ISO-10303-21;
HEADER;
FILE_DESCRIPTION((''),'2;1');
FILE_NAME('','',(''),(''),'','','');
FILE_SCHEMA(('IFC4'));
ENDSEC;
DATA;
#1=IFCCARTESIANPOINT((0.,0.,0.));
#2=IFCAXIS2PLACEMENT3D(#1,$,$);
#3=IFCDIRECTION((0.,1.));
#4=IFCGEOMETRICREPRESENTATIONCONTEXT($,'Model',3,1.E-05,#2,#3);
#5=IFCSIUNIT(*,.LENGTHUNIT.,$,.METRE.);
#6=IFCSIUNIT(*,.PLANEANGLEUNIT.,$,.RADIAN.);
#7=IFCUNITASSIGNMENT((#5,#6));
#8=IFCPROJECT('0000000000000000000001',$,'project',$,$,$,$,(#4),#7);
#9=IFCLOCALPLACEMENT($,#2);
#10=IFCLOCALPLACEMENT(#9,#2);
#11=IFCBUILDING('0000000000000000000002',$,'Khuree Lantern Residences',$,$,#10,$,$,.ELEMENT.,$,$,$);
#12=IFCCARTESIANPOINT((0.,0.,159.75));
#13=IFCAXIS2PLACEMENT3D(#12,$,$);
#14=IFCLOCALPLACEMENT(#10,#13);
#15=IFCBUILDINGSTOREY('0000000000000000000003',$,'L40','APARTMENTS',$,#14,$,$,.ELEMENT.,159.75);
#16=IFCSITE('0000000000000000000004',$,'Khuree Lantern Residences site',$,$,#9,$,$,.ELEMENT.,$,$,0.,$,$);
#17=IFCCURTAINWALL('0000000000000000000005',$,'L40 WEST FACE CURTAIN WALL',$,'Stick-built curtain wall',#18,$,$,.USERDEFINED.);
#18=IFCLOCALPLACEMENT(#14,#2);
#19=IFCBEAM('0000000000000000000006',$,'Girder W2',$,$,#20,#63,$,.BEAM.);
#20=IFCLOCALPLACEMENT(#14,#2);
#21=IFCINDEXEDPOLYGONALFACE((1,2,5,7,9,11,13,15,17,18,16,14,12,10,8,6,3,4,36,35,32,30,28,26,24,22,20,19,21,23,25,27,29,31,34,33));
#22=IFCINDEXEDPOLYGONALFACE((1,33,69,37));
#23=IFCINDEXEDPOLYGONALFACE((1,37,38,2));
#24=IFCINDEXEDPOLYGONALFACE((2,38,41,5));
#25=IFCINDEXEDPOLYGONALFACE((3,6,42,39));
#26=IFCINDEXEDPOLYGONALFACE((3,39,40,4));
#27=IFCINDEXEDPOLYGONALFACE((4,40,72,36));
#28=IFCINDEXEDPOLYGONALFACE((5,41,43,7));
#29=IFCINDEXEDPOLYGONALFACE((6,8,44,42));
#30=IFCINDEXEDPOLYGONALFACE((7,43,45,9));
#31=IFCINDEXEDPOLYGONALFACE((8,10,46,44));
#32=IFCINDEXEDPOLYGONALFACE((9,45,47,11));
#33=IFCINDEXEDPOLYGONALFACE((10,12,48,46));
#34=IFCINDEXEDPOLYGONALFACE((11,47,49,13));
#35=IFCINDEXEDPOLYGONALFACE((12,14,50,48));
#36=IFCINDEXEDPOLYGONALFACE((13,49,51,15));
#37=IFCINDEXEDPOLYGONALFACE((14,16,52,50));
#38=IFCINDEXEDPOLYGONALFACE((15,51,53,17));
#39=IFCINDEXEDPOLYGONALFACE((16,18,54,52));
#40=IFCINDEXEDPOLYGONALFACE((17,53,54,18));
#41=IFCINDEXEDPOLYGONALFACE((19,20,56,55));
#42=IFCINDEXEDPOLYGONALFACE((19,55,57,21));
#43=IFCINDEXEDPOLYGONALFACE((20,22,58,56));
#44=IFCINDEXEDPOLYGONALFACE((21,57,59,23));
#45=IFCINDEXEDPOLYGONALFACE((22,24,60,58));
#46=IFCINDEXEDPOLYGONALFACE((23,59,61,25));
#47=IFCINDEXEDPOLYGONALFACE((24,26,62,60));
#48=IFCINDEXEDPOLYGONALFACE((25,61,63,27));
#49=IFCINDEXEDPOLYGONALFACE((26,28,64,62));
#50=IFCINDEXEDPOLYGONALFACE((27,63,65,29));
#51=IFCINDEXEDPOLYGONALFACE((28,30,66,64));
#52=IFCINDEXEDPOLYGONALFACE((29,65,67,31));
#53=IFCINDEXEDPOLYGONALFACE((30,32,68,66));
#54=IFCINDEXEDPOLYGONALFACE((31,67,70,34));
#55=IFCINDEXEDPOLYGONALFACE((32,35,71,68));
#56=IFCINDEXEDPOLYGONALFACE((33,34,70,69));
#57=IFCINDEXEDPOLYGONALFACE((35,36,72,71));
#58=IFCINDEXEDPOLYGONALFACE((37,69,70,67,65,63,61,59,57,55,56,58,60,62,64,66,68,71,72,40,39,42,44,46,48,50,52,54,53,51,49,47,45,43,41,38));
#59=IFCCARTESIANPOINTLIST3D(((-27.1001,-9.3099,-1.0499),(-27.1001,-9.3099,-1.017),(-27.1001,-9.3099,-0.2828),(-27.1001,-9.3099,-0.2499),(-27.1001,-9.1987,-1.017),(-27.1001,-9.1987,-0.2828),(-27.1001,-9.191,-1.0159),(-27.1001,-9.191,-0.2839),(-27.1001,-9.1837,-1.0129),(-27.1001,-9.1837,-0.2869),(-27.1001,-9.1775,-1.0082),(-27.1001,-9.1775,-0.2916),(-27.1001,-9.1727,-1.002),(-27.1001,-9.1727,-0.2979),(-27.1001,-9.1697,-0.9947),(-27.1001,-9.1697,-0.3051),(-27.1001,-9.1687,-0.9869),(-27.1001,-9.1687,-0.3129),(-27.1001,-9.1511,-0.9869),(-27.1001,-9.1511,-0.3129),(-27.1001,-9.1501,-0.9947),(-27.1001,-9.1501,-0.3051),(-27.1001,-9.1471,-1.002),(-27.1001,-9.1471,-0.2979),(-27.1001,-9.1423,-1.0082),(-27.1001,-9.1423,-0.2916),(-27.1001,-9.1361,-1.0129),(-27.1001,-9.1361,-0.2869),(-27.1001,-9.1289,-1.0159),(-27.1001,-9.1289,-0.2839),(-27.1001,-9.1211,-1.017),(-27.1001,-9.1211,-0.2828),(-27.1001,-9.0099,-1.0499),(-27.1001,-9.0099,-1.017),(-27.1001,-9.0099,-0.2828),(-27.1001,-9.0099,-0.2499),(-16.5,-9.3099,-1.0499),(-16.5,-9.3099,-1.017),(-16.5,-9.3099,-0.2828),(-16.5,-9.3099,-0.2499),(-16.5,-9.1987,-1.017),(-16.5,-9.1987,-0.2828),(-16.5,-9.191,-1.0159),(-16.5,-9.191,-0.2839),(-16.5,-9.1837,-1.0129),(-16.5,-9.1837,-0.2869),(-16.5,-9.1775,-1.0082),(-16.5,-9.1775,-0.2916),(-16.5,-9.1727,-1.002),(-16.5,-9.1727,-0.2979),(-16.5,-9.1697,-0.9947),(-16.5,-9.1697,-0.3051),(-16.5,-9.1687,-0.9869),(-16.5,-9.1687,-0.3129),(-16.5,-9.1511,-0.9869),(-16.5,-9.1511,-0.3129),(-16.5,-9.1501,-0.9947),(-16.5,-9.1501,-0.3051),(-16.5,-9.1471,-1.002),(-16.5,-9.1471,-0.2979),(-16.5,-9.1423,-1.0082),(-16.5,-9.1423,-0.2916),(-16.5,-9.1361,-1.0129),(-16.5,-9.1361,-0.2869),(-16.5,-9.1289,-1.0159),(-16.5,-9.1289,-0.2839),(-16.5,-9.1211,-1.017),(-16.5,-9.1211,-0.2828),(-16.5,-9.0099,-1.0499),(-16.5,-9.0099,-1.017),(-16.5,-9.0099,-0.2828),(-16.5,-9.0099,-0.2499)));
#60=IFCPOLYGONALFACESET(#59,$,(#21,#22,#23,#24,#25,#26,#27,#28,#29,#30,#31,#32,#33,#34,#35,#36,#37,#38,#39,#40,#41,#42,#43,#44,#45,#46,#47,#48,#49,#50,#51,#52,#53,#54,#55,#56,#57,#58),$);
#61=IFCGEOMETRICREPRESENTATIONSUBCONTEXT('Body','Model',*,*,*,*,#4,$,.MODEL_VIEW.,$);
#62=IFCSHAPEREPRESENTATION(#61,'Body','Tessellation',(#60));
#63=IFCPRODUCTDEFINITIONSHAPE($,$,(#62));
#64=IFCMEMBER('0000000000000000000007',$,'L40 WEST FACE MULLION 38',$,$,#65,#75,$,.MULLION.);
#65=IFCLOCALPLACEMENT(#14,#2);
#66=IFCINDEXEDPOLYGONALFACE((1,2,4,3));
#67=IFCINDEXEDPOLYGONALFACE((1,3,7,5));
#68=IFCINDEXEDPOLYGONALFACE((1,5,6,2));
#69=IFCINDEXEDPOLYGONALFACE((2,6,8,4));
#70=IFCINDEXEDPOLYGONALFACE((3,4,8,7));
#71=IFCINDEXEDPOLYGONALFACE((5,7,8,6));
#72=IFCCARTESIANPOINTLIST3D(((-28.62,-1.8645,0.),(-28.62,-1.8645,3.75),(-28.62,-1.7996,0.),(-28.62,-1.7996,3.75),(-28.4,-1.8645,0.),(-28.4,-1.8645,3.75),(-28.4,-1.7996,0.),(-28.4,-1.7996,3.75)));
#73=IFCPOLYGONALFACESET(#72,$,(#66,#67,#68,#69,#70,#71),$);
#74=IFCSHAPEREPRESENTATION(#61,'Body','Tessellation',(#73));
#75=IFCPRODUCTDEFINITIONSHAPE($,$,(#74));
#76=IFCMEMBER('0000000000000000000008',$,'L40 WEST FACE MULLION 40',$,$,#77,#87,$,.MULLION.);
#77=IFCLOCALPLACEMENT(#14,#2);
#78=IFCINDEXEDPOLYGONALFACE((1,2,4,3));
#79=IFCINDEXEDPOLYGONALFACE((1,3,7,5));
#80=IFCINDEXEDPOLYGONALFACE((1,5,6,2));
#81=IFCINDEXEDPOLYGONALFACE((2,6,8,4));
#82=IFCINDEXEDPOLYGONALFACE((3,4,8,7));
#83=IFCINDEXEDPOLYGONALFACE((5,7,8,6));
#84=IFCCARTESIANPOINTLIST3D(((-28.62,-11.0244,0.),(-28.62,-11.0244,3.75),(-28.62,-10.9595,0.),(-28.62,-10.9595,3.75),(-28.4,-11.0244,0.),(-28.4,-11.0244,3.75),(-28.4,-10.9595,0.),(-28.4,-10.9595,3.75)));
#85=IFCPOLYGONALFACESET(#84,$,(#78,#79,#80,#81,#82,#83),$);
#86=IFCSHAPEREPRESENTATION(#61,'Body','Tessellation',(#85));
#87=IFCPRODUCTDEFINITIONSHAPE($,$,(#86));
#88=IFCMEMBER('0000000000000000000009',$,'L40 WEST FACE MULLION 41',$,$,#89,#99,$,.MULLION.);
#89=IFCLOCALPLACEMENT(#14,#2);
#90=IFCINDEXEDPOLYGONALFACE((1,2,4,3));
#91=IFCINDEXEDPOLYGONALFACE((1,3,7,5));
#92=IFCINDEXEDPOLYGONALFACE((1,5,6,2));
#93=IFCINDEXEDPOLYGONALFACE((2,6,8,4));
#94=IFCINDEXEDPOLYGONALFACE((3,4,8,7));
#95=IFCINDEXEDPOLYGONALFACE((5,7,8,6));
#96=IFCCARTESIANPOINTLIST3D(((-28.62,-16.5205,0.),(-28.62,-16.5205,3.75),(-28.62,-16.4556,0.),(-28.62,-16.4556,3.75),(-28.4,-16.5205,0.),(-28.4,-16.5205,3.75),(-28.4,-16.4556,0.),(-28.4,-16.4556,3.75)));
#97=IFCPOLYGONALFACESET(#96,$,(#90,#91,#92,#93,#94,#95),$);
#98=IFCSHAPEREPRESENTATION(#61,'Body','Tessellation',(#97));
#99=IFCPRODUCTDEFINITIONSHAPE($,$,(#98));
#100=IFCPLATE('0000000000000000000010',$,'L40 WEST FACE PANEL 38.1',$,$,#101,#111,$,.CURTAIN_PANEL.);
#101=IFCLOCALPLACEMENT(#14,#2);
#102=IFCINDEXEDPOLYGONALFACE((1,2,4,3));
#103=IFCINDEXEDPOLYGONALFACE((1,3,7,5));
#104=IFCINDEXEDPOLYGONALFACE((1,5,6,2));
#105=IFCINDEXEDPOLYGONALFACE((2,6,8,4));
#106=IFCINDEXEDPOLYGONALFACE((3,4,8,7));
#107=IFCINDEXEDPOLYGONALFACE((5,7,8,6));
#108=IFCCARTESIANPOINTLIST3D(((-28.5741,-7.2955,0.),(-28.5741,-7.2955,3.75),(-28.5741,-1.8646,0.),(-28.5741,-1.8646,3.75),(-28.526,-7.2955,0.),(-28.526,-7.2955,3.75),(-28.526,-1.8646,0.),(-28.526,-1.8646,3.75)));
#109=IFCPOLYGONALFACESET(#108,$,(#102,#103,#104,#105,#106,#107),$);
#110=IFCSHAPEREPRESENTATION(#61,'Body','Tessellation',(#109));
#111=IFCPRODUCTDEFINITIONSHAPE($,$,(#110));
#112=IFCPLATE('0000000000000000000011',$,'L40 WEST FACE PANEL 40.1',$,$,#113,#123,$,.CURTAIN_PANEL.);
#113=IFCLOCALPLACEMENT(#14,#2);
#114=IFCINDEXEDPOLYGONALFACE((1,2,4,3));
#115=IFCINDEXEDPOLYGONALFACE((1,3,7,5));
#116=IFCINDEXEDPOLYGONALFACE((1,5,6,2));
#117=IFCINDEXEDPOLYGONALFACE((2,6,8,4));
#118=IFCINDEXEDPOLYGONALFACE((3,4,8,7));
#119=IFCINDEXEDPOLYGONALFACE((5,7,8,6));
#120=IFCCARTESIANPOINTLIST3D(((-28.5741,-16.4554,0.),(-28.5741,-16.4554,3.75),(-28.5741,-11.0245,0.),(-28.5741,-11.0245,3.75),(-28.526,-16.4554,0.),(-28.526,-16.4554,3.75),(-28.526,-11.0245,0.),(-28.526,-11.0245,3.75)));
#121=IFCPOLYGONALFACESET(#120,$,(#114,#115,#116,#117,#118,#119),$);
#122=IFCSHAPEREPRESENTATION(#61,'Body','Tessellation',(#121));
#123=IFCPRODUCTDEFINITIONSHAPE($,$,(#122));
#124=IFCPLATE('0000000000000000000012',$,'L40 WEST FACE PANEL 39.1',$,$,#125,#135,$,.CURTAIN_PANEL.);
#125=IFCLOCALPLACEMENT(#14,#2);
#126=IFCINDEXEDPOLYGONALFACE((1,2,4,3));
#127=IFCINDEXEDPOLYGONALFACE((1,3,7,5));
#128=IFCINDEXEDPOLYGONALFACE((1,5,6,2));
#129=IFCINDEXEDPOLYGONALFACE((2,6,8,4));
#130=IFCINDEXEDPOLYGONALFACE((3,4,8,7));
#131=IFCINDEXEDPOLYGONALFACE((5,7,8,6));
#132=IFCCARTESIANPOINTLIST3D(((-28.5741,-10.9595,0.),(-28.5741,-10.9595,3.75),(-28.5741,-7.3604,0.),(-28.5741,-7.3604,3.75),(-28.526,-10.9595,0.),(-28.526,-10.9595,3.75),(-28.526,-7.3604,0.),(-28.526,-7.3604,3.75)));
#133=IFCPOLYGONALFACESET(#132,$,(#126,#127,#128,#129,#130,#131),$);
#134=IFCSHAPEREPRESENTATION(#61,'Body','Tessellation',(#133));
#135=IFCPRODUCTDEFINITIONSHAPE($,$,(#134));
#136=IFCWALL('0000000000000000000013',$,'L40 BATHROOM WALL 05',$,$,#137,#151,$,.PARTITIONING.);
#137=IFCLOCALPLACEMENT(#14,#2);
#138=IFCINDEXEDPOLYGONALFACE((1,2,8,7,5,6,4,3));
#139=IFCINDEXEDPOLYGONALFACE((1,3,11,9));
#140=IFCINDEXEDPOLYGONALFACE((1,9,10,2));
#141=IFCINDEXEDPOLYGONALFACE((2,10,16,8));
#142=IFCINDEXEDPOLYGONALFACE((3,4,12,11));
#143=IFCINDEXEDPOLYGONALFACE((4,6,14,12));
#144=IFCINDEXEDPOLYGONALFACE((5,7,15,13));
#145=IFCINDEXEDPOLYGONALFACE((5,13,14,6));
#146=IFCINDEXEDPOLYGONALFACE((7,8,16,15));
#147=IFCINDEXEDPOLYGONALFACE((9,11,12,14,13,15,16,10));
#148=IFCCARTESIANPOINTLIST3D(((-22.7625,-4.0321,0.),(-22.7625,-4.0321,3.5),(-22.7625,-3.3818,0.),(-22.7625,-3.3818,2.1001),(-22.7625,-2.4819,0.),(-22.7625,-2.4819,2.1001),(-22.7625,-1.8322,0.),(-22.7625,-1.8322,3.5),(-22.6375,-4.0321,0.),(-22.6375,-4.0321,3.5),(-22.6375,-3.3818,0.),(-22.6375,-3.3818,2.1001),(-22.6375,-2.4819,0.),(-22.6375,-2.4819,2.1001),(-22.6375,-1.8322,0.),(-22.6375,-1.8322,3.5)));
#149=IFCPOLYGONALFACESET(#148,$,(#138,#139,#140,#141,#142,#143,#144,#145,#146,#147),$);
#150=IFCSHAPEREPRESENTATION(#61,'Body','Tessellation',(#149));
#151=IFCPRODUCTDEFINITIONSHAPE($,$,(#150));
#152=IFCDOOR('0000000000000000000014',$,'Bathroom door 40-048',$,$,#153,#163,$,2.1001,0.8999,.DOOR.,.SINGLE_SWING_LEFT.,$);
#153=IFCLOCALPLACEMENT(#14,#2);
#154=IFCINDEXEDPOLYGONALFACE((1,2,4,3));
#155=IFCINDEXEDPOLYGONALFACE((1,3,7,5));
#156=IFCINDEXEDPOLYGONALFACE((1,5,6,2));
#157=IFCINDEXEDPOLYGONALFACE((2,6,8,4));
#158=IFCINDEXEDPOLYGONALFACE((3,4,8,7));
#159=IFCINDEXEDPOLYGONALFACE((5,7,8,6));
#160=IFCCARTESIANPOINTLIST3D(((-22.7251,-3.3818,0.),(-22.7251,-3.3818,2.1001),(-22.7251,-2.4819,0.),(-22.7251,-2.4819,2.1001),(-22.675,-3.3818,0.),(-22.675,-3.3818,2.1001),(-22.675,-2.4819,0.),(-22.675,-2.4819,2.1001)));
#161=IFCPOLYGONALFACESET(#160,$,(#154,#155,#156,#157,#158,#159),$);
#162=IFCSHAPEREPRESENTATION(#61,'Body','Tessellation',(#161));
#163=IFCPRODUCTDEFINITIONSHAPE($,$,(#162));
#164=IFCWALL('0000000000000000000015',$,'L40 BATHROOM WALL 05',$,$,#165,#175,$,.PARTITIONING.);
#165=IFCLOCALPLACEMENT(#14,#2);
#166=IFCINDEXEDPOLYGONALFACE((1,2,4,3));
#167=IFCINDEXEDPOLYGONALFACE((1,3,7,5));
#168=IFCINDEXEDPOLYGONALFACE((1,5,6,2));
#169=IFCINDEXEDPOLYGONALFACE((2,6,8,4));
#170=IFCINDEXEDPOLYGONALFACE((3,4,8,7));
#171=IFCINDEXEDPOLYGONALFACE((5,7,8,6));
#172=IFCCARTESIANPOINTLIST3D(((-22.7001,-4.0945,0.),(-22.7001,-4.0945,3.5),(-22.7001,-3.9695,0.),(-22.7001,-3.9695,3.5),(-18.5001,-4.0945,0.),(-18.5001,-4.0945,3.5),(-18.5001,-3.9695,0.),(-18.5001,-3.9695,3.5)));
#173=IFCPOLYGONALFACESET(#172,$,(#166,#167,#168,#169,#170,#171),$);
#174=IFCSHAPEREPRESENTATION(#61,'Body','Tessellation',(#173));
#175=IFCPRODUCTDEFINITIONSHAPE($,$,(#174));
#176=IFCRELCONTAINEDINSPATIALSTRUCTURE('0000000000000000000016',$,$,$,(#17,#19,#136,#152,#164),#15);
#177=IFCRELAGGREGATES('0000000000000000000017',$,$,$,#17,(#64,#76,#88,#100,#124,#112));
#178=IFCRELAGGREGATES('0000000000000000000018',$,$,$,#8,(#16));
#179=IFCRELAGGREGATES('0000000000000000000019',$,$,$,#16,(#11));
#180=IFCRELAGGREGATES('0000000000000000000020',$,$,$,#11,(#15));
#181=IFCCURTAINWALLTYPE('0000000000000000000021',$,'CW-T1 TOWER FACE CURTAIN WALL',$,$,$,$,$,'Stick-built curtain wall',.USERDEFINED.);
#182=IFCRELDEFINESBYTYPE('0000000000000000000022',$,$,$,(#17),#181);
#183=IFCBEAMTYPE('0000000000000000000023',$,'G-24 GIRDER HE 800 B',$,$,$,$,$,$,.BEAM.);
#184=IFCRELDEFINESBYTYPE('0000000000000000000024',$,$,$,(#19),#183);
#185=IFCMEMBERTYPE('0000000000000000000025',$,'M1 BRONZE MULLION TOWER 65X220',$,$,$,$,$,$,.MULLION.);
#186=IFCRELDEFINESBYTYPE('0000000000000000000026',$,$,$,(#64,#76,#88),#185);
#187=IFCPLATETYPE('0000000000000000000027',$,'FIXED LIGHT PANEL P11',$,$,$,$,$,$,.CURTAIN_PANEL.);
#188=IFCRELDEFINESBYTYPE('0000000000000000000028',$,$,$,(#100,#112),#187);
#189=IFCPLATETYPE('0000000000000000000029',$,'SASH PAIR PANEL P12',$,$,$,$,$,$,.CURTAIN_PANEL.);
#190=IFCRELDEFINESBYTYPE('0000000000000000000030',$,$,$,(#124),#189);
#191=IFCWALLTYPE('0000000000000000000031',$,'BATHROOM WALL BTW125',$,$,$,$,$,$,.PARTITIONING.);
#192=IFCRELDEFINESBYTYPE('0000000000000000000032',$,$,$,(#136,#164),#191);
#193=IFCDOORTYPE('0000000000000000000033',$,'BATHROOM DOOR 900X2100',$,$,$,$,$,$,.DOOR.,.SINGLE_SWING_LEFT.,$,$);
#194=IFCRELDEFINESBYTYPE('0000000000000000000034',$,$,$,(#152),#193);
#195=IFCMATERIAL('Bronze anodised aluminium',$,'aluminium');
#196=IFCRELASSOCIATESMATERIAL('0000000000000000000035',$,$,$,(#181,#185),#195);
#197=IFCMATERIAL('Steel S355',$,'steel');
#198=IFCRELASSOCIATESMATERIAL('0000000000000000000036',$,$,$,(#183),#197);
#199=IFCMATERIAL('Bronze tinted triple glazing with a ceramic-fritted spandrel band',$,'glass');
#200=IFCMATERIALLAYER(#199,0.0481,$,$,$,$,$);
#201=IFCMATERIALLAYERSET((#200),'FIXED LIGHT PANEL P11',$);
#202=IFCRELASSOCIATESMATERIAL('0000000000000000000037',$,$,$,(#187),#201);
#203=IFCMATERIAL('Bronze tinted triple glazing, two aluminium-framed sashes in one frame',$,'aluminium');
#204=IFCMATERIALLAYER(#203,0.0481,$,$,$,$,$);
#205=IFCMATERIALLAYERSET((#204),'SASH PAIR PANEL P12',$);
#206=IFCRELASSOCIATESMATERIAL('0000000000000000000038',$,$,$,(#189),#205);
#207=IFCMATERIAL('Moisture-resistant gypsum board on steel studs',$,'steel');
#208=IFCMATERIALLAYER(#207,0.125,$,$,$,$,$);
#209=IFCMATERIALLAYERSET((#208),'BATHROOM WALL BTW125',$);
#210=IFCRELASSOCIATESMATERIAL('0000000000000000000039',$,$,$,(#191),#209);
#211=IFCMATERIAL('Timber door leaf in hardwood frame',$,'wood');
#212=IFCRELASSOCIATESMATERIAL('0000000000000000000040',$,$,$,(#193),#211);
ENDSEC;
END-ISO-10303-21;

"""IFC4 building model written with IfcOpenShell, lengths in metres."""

from ifc_helpers import new_model, si_unit, direction, frame, frame_2d, origin, origin_2d, place, context, subcontext, project, spatial, rectangle, i_section, extrude, material, layer, layer_set, material_profile, profile_set, type_object, element, fill, aggregate, save


model = new_model("IFC4")

# Units and contexts
model_context = context("Model", 3, precision=1e-05, world=origin(), true_north=direction((0.0, 1.0)))
body_context = subcontext(model_context, "Body", "Model", "MODEL_VIEW")
ifc_project = project(units=[si_unit("LENGTHUNIT", "METRE"), si_unit("PLANEANGLEUNIT", "RADIAN")], contexts=[model_context])

# Site, building, storey
site_placement = place(None, origin())
site = spatial("IfcSite", under=ifc_project, at=site_placement, Name="Khuree Lantern Residences site", CompositionType="ELEMENT", RefElevation=0.0)
building_placement = place(site_placement, origin())
building = spatial("IfcBuilding", under=site, at=building_placement, Name="Khuree Lantern Residences", CompositionType="ELEMENT")
storey_placement = place(building_placement, frame((0.0, 0.0, 159.75)))
storey = spatial("IfcBuildingStorey", under=building, at=storey_placement, Name="L40", Description="APARTMENTS", CompositionType="ELEMENT", Elevation=159.75)

# Shared definitions
ifc_material_1 = material(Name="Steel S355", Category="steel")

# Curtain wall
ifc_material_2 = material(Name="Bronze anodised aluminium", Category="aluminium")
curtain_wall_type = type_object("IfcCurtainWallType", Name="CW-T1 TOWER FACE CURTAIN WALL", ElementType="Stick-built curtain wall", PredefinedType="USERDEFINED", material=ifc_material_2)
curtain_wall_placement = place(storey_placement, origin())
curtain_wall = element("IfcCurtainWall", 1, at=curtain_wall_placement, inside=storey, type_object=curtain_wall_type, Name="L40 WEST FACE CURTAIN WALL", ObjectType="Stick-built curtain wall", PredefinedType="USERDEFINED")

# Beam
ifc_material_profile_1 = material_profile(ifc_material_1, i_section(OverallWidth=0.3, OverallDepth=0.8, WebThickness=0.0176, FlangeThickness=0.033, FilletRadius=0.03, at=origin_2d()), Name="HE 800 B")
ifc_profile_set_1 = profile_set([ifc_material_profile_1], Name="Steel S355")
beam_type_1 = type_object("IfcBeamType", Name="G-24 GIRDER HE 800 B", PredefinedType="BEAM", material=ifc_profile_set_1)
beam_1_placement = place(storey_placement, frame((-27.1001, -9.1599, -0.6499), z_axis=(1.0, 0.0, 0.0), x_axis=(0.0, 1.0, 0.0)))
element("IfcBeam", 2, at=beam_1_placement, inside=storey, type_object=beam_type_1, Name="Girder W2", PredefinedType="BEAM", context=body_context, shape_type="SweptSolid", body=[
    extrude(i_section(OverallWidth=0.3, OverallDepth=0.8, WebThickness=0.0176, FlangeThickness=0.033, FilletRadius=0.03, at=origin_2d()), origin(), (0.0, 0.0, 1.0), 10.6001),
])

# Members
ifc_material_profile_2 = material_profile(ifc_material_2, rectangle(XDim=0.0649, YDim=0.22, at=origin_2d()), Name="M1 65X220")
ifc_profile_set_2 = profile_set([ifc_material_profile_2], Name="Bronze anodised aluminium")
member_type_1 = type_object("IfcMemberType", Name="M1 BRONZE MULLION TOWER 65X220", PredefinedType="MULLION", material=ifc_profile_set_2)
member_1_placement = place(storey_placement, frame((-28.51, -1.832, 0.0), z_axis=(0.0, 0.0, 1.0), x_axis=(0.0, -1.0, 0.0)))
member_1 = element("IfcMember", 3, at=member_1_placement, type_object=member_type_1, Name="L40 WEST FACE MULLION 38", PredefinedType="MULLION", context=body_context, shape_type="SweptSolid", body=[
    extrude(rectangle(XDim=0.0649, YDim=0.22, at=origin_2d()), origin(), (0.0, 0.0, 1.0), 3.75),
])
member_2_placement = place(storey_placement, frame((-28.51, -10.9919, 0.0), z_axis=(0.0, 0.0, 1.0), x_axis=(0.0, -1.0, 0.0)))
member_2 = element("IfcMember", 4, at=member_2_placement, type_object=member_type_1, Name="L40 WEST FACE MULLION 40", PredefinedType="MULLION", context=body_context, shape_type="SweptSolid", body=[
    extrude(rectangle(XDim=0.0649, YDim=0.22, at=origin_2d()), origin(), (0.0, 0.0, 1.0), 3.75),
])
member_3_placement = place(storey_placement, frame((-28.51, -16.488, 0.0), z_axis=(0.0, 0.0, 1.0), x_axis=(0.0, -1.0, 0.0)))
member_3 = element("IfcMember", 5, at=member_3_placement, type_object=member_type_1, Name="L40 WEST FACE MULLION 41", PredefinedType="MULLION", context=body_context, shape_type="SweptSolid", body=[
    extrude(rectangle(XDim=0.0649, YDim=0.22, at=origin_2d()), origin(), (0.0, 0.0, 1.0), 3.75),
])

# Plates
ifc_material_3 = material(Name="Bronze tinted triple glazing with a ceramic-fritted spandrel band", Category="glass")
ifc_layer_1 = layer(ifc_material_3, 0.0481)
ifc_layer_set_1 = layer_set([ifc_layer_1], Name="FIXED LIGHT PANEL P11")
plate_type_1 = type_object("IfcPlateType", Name="FIXED LIGHT PANEL P11", PredefinedType="CURTAIN_PANEL", material=ifc_layer_set_1)
plate_1_placement = place(storey_placement, frame((-28.55, -4.5801, 0.0), z_axis=(0.0, 0.0, 1.0), x_axis=(0.0, -1.0, 0.0)))
plate_1 = element("IfcPlate", 6, at=plate_1_placement, type_object=plate_type_1, Name="L40 WEST FACE PANEL 38.1", PredefinedType="CURTAIN_PANEL", context=body_context, shape_type="SweptSolid", body=[
    extrude(rectangle(XDim=5.4309, YDim=0.0481, at=origin_2d()), origin(), (0.0, 0.0, 1.0), 3.75),
])
plate_2_placement = place(storey_placement, frame((-28.55, -13.74, 0.0), z_axis=(0.0, 0.0, 1.0), x_axis=(0.0, -1.0, 0.0)))
plate_2 = element("IfcPlate", 7, at=plate_2_placement, type_object=plate_type_1, Name="L40 WEST FACE PANEL 40.1", PredefinedType="CURTAIN_PANEL", context=body_context, shape_type="SweptSolid", body=[
    extrude(rectangle(XDim=5.4309, YDim=0.0481, at=origin_2d()), origin(), (0.0, 0.0, 1.0), 3.75),
])
ifc_material_4 = material(Name="Bronze tinted triple glazing, two aluminium-framed sashes in one frame", Category="aluminium")
ifc_layer_2 = layer(ifc_material_4, 0.0481)
ifc_layer_set_2 = layer_set([ifc_layer_2], Name="SASH PAIR PANEL P12")
plate_type_2 = type_object("IfcPlateType", Name="SASH PAIR PANEL P12", PredefinedType="CURTAIN_PANEL", material=ifc_layer_set_2)
plate_3_placement = place(storey_placement, frame((-28.55, -9.1599, 0.0), z_axis=(0.0, 0.0, 1.0), x_axis=(0.0, -1.0, 0.0)))
plate_3 = element("IfcPlate", 8, at=plate_3_placement, type_object=plate_type_2, Name="L40 WEST FACE PANEL 39.1", PredefinedType="CURTAIN_PANEL", context=body_context, shape_type="SweptSolid", body=[
    extrude(rectangle(XDim=3.5991, YDim=0.0481, at=origin_2d()), origin(), (0.0, 0.0, 1.0), 3.75),
])
aggregate(curtain_wall, [member_1, member_2, member_3, plate_1, plate_3, plate_2])

# Wall, opening, door
ifc_material_5 = material(Name="Moisture-resistant gypsum board on steel studs", Category="steel")
ifc_layer_3 = layer(ifc_material_5, 0.125)
ifc_layer_set_3 = layer_set([ifc_layer_3], Name="BATHROOM WALL BTW125")
wall_type_1 = type_object("IfcWallType", Name="BATHROOM WALL BTW125", PredefinedType="PARTITIONING", material=ifc_layer_set_3)
wall_1_placement = place(storey_placement, frame((-22.7, -1.832, 0.0), z_axis=(0.0, 0.0, 1.0), x_axis=(0.0, -1.0, 0.0)))
wall_1 = element("IfcWall", 9, at=wall_1_placement, inside=storey, type_object=wall_type_1, Name="L40 BATHROOM WALL 05", PredefinedType="PARTITIONING", context=body_context, shape_type="SweptSolid", body=[
    extrude(rectangle(XDim=2.2, YDim=0.125, at=frame_2d((1.1001, 0.0))), origin(), (0.0, 0.0, 1.0), 3.5),
])
opening_1_placement = place(wall_1_placement, frame((0.6499, 0.0, 0.0)))
opening_1 = element("IfcOpeningElement", 10, at=opening_1_placement, cuts=wall_1, PredefinedType="OPENING", context=body_context, shape_type="SweptSolid", body=[
    extrude(rectangle(XDim=0.8999, YDim=2.1001, at=frame_2d((0.45, 1.05))), frame((0.0, 0.0725, 0.0), z_axis=(0.0, -1.0, 0.0), x_axis=(1.0, 0.0, 0.0)), (0.0, 0.0, 1.0), 0.145),
])
ifc_material_6 = material(Name="Timber door leaf in hardwood frame", Category="wood")
door_type_1 = type_object("IfcDoorType", Name="BATHROOM DOOR 900X2100", OperationType="SINGLE_SWING_LEFT", PredefinedType="DOOR", material=ifc_material_6)
door_1_placement = place(opening_1_placement, origin())
door_1 = element("IfcDoor", 11, at=door_1_placement, inside=storey, type_object=door_type_1, Name="Bathroom door 40-048", OperationType="SINGLE_SWING_LEFT", OverallHeight=2.1001, OverallWidth=0.8999, PredefinedType="DOOR", context=body_context, shape_type="SweptSolid", body=[
    extrude(rectangle(XDim=0.8999, YDim=2.1001, at=frame_2d((0.45, 1.05))), frame((0.0, 0.0249, 0.0), z_axis=(0.0, -1.0, 0.0), x_axis=(1.0, 0.0, 0.0)), (0.0, 0.0, 1.0), 0.05),
])
fill(opening_1, door_1)

# Wall
wall_2_placement = place(storey_placement, frame((-18.5, -4.032, 0.0), z_axis=(0.0, 0.0, 1.0), x_axis=(-1.0, 0.0, 0.0)))
element("IfcWall", 12, at=wall_2_placement, inside=storey, type_object=wall_type_1, Name="L40 BATHROOM WALL 05", PredefinedType="PARTITIONING", context=body_context, shape_type="SweptSolid", body=[
    extrude(rectangle(XDim=4.2, YDim=0.125, at=frame_2d((2.1001, 0.0))), origin(), (0.0, 0.0, 1.0), 3.5),
])

save(model, "model.ifc")
